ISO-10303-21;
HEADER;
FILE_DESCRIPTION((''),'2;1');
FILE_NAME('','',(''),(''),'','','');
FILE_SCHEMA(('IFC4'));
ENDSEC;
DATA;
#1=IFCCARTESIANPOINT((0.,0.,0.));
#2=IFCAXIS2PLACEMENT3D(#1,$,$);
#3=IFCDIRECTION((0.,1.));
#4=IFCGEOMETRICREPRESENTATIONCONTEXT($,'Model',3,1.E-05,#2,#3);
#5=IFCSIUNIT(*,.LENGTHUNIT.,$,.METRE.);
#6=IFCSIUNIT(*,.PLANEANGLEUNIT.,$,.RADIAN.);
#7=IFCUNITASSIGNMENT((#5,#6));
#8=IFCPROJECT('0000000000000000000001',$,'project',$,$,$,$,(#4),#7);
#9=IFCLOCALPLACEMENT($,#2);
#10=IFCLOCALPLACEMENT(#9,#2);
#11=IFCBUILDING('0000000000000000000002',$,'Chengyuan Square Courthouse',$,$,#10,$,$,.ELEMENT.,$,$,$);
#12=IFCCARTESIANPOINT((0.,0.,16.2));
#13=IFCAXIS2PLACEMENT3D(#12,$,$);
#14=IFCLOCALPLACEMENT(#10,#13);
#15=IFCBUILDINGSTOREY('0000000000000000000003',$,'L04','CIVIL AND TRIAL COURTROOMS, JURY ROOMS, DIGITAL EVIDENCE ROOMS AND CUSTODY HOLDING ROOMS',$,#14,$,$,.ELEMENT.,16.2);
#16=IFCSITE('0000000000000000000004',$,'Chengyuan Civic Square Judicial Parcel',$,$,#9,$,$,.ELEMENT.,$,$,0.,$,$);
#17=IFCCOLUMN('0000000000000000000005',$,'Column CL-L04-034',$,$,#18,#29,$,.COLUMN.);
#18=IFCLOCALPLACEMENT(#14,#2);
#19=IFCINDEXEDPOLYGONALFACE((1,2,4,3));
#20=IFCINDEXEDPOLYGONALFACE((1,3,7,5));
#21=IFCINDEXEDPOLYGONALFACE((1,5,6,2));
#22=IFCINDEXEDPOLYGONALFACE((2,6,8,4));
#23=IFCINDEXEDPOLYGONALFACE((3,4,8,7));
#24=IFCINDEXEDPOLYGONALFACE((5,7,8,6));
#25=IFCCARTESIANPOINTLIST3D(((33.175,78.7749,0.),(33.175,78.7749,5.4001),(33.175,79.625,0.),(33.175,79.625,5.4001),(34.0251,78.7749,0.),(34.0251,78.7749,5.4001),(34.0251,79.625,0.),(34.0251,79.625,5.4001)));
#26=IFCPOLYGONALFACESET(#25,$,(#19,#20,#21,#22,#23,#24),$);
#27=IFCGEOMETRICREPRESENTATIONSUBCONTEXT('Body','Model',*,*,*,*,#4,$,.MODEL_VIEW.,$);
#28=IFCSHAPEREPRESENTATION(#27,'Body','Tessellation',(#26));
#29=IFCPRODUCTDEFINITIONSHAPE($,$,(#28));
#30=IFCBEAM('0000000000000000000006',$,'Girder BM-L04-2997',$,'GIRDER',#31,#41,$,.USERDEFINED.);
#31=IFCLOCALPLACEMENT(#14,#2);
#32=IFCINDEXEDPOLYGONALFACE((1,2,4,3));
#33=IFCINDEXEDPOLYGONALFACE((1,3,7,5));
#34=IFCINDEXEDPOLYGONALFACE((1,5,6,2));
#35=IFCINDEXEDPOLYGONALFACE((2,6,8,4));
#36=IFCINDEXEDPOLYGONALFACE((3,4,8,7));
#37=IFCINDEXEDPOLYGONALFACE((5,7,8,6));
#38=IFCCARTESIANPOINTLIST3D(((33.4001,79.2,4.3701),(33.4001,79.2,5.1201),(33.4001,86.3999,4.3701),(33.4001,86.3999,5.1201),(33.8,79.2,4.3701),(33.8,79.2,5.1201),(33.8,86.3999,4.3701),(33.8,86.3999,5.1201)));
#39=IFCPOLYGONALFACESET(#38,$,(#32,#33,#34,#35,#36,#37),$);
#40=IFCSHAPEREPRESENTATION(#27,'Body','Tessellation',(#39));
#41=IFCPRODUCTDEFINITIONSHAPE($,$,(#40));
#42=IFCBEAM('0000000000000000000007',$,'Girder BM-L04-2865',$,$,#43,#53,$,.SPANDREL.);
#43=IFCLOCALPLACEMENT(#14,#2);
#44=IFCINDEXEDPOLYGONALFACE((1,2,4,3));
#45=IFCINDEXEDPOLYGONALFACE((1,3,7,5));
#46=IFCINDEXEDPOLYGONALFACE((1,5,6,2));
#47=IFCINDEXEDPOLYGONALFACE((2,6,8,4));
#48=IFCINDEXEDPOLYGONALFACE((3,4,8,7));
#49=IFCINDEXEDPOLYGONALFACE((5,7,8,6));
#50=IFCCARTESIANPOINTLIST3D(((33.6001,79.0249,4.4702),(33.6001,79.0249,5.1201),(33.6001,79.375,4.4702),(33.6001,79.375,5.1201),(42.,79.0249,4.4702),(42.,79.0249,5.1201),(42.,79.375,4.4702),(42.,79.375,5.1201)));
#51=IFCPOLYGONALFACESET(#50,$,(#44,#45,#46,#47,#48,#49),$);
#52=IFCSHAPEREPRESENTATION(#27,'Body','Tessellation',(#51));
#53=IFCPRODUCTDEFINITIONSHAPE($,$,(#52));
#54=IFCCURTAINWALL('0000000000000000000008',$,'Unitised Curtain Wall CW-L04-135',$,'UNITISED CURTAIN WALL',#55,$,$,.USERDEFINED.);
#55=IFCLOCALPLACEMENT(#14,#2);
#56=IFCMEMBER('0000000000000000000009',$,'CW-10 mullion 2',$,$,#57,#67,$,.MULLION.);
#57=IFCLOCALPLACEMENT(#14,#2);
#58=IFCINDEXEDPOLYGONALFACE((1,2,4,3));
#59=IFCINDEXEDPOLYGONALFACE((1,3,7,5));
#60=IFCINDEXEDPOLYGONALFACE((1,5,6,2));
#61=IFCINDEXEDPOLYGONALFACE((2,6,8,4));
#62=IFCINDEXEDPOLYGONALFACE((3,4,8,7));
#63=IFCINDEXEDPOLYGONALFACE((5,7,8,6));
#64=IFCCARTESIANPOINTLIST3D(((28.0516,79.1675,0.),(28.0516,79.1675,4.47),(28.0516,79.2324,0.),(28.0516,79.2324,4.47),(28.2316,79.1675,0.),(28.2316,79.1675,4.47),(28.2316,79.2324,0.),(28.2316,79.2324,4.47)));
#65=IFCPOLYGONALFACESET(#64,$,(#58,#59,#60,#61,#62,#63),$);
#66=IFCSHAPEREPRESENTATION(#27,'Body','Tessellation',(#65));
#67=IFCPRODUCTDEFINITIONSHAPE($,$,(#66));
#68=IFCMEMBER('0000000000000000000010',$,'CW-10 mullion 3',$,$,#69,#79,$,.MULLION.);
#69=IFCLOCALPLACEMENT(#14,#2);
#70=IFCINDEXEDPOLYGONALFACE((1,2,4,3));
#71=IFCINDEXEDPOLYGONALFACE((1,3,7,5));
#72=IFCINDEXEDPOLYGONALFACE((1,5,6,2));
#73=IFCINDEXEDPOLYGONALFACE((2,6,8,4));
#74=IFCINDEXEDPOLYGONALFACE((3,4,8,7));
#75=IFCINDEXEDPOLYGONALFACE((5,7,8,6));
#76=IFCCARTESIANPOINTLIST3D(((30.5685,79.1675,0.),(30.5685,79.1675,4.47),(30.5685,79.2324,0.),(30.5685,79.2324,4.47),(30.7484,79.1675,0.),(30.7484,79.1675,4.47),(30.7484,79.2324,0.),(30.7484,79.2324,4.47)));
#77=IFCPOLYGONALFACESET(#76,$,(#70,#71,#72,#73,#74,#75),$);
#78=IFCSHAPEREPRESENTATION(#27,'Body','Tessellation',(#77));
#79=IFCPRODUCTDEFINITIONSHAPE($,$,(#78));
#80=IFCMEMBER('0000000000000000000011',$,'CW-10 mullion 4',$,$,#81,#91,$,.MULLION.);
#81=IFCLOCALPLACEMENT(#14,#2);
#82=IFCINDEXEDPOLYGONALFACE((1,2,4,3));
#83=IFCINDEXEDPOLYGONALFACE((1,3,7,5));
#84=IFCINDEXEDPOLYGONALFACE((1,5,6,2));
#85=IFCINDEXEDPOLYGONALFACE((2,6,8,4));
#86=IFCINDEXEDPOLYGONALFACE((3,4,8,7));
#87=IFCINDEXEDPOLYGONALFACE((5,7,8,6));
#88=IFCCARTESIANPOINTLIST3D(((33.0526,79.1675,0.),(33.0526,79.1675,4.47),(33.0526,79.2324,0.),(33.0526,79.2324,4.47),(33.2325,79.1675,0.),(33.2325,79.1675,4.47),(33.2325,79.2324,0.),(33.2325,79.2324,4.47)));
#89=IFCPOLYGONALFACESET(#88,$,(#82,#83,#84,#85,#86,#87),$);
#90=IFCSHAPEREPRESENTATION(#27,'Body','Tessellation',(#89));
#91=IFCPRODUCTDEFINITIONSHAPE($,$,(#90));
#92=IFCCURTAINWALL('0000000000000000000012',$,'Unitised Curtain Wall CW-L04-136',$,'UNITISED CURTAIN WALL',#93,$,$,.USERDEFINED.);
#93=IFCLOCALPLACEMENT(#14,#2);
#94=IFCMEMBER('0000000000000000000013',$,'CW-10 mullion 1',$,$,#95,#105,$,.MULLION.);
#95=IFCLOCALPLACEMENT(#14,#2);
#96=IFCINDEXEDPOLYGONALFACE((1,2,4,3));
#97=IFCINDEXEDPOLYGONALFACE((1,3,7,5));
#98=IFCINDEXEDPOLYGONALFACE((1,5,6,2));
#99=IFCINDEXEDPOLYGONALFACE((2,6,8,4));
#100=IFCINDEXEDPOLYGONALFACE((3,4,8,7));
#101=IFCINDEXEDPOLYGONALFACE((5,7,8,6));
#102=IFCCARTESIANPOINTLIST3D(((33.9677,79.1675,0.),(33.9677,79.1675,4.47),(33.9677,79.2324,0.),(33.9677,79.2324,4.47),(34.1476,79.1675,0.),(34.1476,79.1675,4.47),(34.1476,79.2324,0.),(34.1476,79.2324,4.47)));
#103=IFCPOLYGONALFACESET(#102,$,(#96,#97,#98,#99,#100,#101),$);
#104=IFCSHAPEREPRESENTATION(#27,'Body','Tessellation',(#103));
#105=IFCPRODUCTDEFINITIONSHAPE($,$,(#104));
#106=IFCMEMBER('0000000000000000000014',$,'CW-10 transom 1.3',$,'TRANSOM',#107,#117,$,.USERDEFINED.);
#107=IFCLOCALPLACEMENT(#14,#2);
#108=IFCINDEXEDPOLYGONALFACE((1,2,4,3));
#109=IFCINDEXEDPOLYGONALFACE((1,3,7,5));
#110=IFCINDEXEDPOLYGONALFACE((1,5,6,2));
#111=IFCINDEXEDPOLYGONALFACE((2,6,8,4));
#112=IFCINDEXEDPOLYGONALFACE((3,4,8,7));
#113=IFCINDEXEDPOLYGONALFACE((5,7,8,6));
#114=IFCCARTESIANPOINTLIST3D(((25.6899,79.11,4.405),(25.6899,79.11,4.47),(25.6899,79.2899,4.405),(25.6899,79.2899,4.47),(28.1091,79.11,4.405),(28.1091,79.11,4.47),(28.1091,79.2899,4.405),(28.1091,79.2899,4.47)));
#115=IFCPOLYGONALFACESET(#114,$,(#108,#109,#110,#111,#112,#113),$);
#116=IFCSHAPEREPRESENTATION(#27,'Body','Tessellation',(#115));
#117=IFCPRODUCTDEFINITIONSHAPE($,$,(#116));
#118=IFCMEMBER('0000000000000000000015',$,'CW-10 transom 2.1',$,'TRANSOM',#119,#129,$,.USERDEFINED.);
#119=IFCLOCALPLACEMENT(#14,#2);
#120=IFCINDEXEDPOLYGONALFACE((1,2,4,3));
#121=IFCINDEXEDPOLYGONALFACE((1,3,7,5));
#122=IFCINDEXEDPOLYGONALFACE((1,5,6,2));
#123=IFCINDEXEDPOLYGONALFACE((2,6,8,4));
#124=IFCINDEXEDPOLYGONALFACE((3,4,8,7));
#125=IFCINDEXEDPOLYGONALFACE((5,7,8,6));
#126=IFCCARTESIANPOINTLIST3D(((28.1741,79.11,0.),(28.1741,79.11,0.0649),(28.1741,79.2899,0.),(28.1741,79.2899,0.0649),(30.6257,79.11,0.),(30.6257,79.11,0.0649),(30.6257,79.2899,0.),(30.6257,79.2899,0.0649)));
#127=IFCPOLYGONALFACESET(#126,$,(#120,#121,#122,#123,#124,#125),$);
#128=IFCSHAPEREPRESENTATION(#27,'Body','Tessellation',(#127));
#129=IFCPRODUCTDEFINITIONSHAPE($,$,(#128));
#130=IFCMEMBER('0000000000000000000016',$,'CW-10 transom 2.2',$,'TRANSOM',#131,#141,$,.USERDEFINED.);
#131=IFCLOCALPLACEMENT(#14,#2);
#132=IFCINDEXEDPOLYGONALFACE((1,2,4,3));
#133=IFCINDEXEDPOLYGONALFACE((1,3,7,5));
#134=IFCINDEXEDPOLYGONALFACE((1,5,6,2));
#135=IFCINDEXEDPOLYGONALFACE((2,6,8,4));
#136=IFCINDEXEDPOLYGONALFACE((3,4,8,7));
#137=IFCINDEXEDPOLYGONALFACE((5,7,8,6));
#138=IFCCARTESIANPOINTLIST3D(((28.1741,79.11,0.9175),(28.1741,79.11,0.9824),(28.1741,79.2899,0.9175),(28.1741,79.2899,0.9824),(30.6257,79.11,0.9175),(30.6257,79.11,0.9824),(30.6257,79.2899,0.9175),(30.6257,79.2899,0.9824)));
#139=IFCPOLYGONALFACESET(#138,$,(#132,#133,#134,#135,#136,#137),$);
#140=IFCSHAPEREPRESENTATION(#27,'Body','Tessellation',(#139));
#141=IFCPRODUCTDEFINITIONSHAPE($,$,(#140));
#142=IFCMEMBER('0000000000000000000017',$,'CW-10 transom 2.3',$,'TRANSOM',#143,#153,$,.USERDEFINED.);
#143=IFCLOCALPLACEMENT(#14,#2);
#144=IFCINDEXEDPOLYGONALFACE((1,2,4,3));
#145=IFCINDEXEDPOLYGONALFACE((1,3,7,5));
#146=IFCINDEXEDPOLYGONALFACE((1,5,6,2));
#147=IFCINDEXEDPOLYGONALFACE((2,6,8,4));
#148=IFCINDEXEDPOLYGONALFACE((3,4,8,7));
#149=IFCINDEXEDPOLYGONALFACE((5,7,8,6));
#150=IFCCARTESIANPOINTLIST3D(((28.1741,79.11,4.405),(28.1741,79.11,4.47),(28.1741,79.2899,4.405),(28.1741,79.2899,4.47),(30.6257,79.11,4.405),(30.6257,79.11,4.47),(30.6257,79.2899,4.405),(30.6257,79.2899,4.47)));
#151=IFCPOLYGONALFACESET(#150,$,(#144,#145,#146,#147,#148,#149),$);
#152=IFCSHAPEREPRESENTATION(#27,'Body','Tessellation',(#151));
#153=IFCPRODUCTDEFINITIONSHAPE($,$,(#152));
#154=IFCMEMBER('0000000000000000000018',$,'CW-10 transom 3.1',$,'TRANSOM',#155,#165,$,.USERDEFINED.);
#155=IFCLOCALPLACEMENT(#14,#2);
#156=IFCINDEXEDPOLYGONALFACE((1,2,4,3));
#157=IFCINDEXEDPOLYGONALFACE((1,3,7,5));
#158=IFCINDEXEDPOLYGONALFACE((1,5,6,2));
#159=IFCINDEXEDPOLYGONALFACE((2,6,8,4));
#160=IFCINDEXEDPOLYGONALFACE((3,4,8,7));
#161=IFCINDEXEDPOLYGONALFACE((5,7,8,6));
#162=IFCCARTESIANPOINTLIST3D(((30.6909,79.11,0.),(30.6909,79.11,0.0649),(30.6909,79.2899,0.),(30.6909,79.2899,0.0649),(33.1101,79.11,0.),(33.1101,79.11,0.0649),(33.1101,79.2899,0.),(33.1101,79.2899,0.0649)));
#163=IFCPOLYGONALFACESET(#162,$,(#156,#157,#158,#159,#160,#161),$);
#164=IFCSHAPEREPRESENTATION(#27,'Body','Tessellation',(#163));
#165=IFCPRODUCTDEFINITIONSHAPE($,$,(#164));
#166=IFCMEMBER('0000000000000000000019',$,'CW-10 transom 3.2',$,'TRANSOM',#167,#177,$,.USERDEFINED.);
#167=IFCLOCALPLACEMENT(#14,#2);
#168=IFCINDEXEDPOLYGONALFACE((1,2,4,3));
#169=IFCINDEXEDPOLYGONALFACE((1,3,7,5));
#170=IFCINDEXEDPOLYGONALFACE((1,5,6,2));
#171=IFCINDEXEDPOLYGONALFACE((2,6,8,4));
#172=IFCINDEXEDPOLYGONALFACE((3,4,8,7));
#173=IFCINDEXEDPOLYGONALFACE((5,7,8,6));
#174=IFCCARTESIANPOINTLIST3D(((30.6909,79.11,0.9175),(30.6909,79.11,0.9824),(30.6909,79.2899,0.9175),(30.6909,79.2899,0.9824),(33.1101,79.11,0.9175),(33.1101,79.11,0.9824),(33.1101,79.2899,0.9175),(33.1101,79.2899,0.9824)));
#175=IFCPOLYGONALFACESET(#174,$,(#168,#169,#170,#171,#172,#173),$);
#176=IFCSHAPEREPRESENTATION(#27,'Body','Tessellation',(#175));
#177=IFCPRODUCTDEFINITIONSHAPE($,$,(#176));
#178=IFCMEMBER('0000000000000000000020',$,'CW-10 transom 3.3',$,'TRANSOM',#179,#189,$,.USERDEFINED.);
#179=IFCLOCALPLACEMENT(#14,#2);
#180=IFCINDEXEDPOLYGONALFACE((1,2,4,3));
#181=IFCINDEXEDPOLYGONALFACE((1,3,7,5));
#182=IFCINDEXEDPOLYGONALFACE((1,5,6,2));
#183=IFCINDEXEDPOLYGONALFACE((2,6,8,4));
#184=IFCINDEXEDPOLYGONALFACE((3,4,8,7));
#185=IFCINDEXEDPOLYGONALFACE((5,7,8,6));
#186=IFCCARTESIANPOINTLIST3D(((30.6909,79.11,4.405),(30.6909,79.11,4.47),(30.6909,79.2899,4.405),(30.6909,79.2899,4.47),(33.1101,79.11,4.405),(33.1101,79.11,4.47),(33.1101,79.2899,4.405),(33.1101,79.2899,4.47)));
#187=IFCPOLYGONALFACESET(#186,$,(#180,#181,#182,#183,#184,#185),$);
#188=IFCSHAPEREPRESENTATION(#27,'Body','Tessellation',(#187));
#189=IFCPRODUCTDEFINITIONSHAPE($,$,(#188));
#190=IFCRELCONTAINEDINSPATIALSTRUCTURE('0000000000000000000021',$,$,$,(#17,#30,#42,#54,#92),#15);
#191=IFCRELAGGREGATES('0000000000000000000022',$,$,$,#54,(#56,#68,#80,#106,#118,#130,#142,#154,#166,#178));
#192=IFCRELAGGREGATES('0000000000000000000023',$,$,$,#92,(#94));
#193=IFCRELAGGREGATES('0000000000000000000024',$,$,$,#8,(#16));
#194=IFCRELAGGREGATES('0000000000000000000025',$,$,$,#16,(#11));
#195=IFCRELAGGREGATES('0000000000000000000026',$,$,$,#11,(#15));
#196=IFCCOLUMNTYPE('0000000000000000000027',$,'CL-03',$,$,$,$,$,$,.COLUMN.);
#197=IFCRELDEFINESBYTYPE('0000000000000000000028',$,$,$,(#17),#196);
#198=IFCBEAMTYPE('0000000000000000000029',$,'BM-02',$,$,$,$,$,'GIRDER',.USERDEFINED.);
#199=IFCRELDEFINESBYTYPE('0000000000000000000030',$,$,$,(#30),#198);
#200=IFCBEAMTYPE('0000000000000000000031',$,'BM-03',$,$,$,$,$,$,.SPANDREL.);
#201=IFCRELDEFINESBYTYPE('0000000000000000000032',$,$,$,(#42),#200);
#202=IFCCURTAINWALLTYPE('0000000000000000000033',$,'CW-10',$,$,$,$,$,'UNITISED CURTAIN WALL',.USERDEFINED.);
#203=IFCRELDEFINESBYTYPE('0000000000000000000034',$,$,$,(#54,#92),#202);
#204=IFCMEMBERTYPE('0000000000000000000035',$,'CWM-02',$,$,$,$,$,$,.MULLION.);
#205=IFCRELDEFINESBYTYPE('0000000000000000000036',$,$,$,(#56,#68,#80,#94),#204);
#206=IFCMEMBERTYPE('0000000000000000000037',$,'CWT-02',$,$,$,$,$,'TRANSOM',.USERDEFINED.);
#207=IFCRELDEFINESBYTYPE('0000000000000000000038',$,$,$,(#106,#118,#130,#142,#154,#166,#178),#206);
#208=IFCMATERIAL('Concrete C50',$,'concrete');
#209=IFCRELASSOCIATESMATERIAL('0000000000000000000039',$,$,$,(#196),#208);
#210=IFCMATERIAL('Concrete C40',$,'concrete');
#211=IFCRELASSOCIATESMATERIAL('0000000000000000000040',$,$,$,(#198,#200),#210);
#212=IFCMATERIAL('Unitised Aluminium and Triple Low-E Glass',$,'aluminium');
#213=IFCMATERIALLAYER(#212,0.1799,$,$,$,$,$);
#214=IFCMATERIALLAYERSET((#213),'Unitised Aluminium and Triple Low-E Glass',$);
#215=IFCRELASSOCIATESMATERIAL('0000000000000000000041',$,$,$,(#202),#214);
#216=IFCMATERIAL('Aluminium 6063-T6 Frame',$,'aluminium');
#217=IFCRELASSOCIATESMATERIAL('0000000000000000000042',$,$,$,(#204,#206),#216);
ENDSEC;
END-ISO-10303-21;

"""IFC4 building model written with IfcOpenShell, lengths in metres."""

from ifc_helpers import new_model, si_unit, direction, frame, origin, origin_2d, place, context, subcontext, project, spatial, rectangle, extrude, material, layer, layer_set, material_profile, profile_set, type_object, element, aggregate, save


model = new_model("IFC4")

# Units and contexts
model_context = context("Model", 3, precision=1e-05, world=origin(), true_north=direction((0.0, 1.0)))
body_context = subcontext(model_context, "Body", "Model", "MODEL_VIEW")
ifc_project = project(units=[si_unit("LENGTHUNIT", "METRE"), si_unit("PLANEANGLEUNIT", "RADIAN")], contexts=[model_context])

# Site, building, storey
site_placement = place(None, origin())
site = spatial("IfcSite", under=ifc_project, at=site_placement, Name="Chengyuan Civic Square Judicial Parcel", CompositionType="ELEMENT", RefElevation=0.0)
building_placement = place(site_placement, origin())
building = spatial("IfcBuilding", under=site, at=building_placement, Name="Chengyuan Square Courthouse", CompositionType="ELEMENT")
storey_placement = place(building_placement, frame((0.0, 0.0, 16.2)))
storey = spatial("IfcBuildingStorey", under=building, at=storey_placement, Name="L04", Description="CIVIL AND TRIAL COURTROOMS, JURY ROOMS, DIGITAL EVIDENCE ROOMS AND CUSTODY HOLDING ROOMS", CompositionType="ELEMENT", Elevation=16.2)

# Column
ifc_material_1 = material(Name="Concrete C50", Category="concrete")
ifc_material_profile_1 = material_profile(ifc_material_1, rectangle(XDim=0.8501, YDim=0.8501, at=origin_2d()), Name="RC-COL-850x850")
ifc_profile_set_1 = profile_set([ifc_material_profile_1], Name="Concrete C50")
column_type = type_object("IfcColumnType", Name="CL-03", PredefinedType="COLUMN", material=ifc_profile_set_1)
column_placement = place(storey_placement, frame((33.6001, 79.2, 0.0), z_axis=(0.0, 0.0, 1.0), x_axis=(1.0, 0.0, 0.0)))
element("IfcColumn", 1, at=column_placement, inside=storey, type_object=column_type, Name="Column CL-L04-034", PredefinedType="COLUMN", context=body_context, shape_type="SweptSolid", body=[
    extrude(rectangle(XDim=0.8501, YDim=0.8501, at=origin_2d()), origin(), (0.0, 0.0, 1.0), 5.4001),
])

# Beams
ifc_material_2 = material(Name="Concrete C40", Category="concrete")
ifc_material_profile_2 = material_profile(ifc_material_2, rectangle(XDim=0.3999, YDim=0.75, at=origin_2d()), Name="RC-BM-400x750")
ifc_profile_set_2 = profile_set([ifc_material_profile_2], Name="Concrete C40")
beam_type_1 = type_object("IfcBeamType", Name="BM-02", ElementType="GIRDER", PredefinedType="USERDEFINED", material=ifc_profile_set_2)
beam_1_placement = place(storey_placement, frame((33.6001, 79.2, 4.7451), z_axis=(0.0, 1.0, 0.0), x_axis=(-1.0, 0.0, 0.0)))
element("IfcBeam", 2, at=beam_1_placement, inside=storey, type_object=beam_type_1, Name="Girder BM-L04-2997", ObjectType="GIRDER", PredefinedType="USERDEFINED", context=body_context, shape_type="SweptSolid", body=[
    extrude(rectangle(XDim=0.3999, YDim=0.75, at=origin_2d()), origin(), (0.0, 0.0, 1.0), 7.2),
])
ifc_material_profile_3 = material_profile(ifc_material_2, rectangle(XDim=0.3501, YDim=0.6499, at=origin_2d()), Name="RC-BM-350x650")
ifc_profile_set_3 = profile_set([ifc_material_profile_3], Name="Concrete C40")
beam_type_2 = type_object("IfcBeamType", Name="BM-03", PredefinedType="SPANDREL", material=ifc_profile_set_3)
beam_2_placement = place(storey_placement, frame((33.6001, 79.2, 4.7952), z_axis=(1.0, 0.0, 0.0), x_axis=(0.0, 1.0, 0.0)))
element("IfcBeam", 3, at=beam_2_placement, inside=storey, type_object=beam_type_2, Name="Girder BM-L04-2865", PredefinedType="SPANDREL", context=body_context, shape_type="SweptSolid", body=[
    extrude(rectangle(XDim=0.3501, YDim=0.6499, at=origin_2d()), origin(), (0.0, 0.0, 1.0), 8.3999),
])

# Curtain wall, members
ifc_material_3 = material(Name="Unitised Aluminium and Triple Low-E Glass", Category="aluminium")
ifc_layer_1 = layer(ifc_material_3, 0.1799)
ifc_layer_set_1 = layer_set([ifc_layer_1], Name="Unitised Aluminium and Triple Low-E Glass")
curtain_wall_type = type_object("IfcCurtainWallType", Name="CW-10", ElementType="UNITISED CURTAIN WALL", PredefinedType="USERDEFINED", material=ifc_layer_set_1)
curtain_wall_1_placement = place(storey_placement, origin())
curtain_wall_1 = element("IfcCurtainWall", 4, at=curtain_wall_1_placement, inside=storey, type_object=curtain_wall_type, Name="Unitised Curtain Wall CW-L04-135", ObjectType="UNITISED CURTAIN WALL", PredefinedType="USERDEFINED")
ifc_material_4 = material(Name="Aluminium 6063-T6 Frame", Category="aluminium")
ifc_material_profile_4 = material_profile(ifc_material_4, rectangle(XDim=0.0649, YDim=0.1799, at=origin_2d()), Name="CW-MUL-65x180")
ifc_profile_set_4 = profile_set([ifc_material_profile_4], Name="Aluminium 6063-T6 Frame")
member_type_1 = type_object("IfcMemberType", Name="CWM-02", PredefinedType="MULLION", material=ifc_profile_set_4)
member_1_placement = place(storey_placement, frame((28.1416, 79.2, 0.0), z_axis=(0.0, 0.0, 1.0), x_axis=(0.0, 1.0, 0.0)))
member_1 = element("IfcMember", 5, at=member_1_placement, type_object=member_type_1, Name="CW-10 mullion 2", PredefinedType="MULLION", context=body_context, shape_type="SweptSolid", body=[
    extrude(rectangle(XDim=0.0649, YDim=0.1799, at=origin_2d()), origin(), (0.0, 0.0, 1.0), 4.47),
])
member_2_placement = place(storey_placement, frame((30.6584, 79.2, 0.0), z_axis=(0.0, 0.0, 1.0), x_axis=(0.0, 1.0, 0.0)))
member_2 = element("IfcMember", 6, at=member_2_placement, type_object=member_type_1, Name="CW-10 mullion 3", PredefinedType="MULLION", context=body_context, shape_type="SweptSolid", body=[
    extrude(rectangle(XDim=0.0649, YDim=0.1799, at=origin_2d()), origin(), (0.0, 0.0, 1.0), 4.47),
])
member_3_placement = place(storey_placement, frame((33.1426, 79.2, 0.0), z_axis=(0.0, 0.0, 1.0), x_axis=(0.0, 1.0, 0.0)))
member_3 = element("IfcMember", 7, at=member_3_placement, type_object=member_type_1, Name="CW-10 mullion 4", PredefinedType="MULLION", context=body_context, shape_type="SweptSolid", body=[
    extrude(rectangle(XDim=0.0649, YDim=0.1799, at=origin_2d()), origin(), (0.0, 0.0, 1.0), 4.47),
])

# Curtain wall, member
curtain_wall_2_placement = place(storey_placement, origin())
curtain_wall_2 = element("IfcCurtainWall", 8, at=curtain_wall_2_placement, inside=storey, type_object=curtain_wall_type, Name="Unitised Curtain Wall CW-L04-136", ObjectType="UNITISED CURTAIN WALL", PredefinedType="USERDEFINED")
member_4_placement = place(storey_placement, frame((34.0576, 79.2, 0.0), z_axis=(0.0, 0.0, 1.0), x_axis=(0.0, 1.0, 0.0)))
member_4 = element("IfcMember", 9, at=member_4_placement, type_object=member_type_1, Name="CW-10 mullion 1", PredefinedType="MULLION", context=body_context, shape_type="SweptSolid", body=[
    extrude(rectangle(XDim=0.0649, YDim=0.1799, at=origin_2d()), origin(), (0.0, 0.0, 1.0), 4.47),
])

# Members
ifc_material_profile_5 = material_profile(ifc_material_4, rectangle(XDim=0.1799, YDim=0.0649, at=origin_2d()), Name="CW-TRN-65x140")
ifc_profile_set_5 = profile_set([ifc_material_profile_5], Name="Aluminium 6063-T6 Frame")
member_type_2 = type_object("IfcMemberType", Name="CWT-02", ElementType="TRANSOM", PredefinedType="USERDEFINED", material=ifc_profile_set_5)
member_5_placement = place(storey_placement, frame((25.6899, 79.2, 4.4375), z_axis=(1.0, 0.0, 0.0), x_axis=(0.0, 1.0, 0.0)))
member_5 = element("IfcMember", 10, at=member_5_placement, type_object=member_type_2, Name="CW-10 transom 1.3", ObjectType="TRANSOM", PredefinedType="USERDEFINED", context=body_context, shape_type="SweptSolid", body=[
    extrude(rectangle(XDim=0.1799, YDim=0.0649, at=origin_2d()), origin(), (0.0, 0.0, 1.0), 2.4192),
])
member_6_placement = place(storey_placement, frame((28.1741, 79.2, 0.0325), z_axis=(1.0, 0.0, 0.0), x_axis=(0.0, 1.0, 0.0)))
member_6 = element("IfcMember", 11, at=member_6_placement, type_object=member_type_2, Name="CW-10 transom 2.1", ObjectType="TRANSOM", PredefinedType="USERDEFINED", context=body_context, shape_type="SweptSolid", body=[
    extrude(rectangle(XDim=0.1799, YDim=0.0649, at=origin_2d()), origin(), (0.0, 0.0, 1.0), 2.4517),
])
member_7_placement = place(storey_placement, frame((28.1741, 79.2, 0.95), z_axis=(1.0, 0.0, 0.0), x_axis=(0.0, 1.0, 0.0)))
member_7 = element("IfcMember", 12, at=member_7_placement, type_object=member_type_2, Name="CW-10 transom 2.2", ObjectType="TRANSOM", PredefinedType="USERDEFINED", context=body_context, shape_type="SweptSolid", body=[
    extrude(rectangle(XDim=0.1799, YDim=0.0649, at=origin_2d()), origin(), (0.0, 0.0, 1.0), 2.4517),
])
member_8_placement = place(storey_placement, frame((28.1741, 79.2, 4.4375), z_axis=(1.0, 0.0, 0.0), x_axis=(0.0, 1.0, 0.0)))
member_8 = element("IfcMember", 13, at=member_8_placement, type_object=member_type_2, Name="CW-10 transom 2.3", ObjectType="TRANSOM", PredefinedType="USERDEFINED", context=body_context, shape_type="SweptSolid", body=[
    extrude(rectangle(XDim=0.1799, YDim=0.0649, at=origin_2d()), origin(), (0.0, 0.0, 1.0), 2.4517),
])
member_9_placement = place(storey_placement, frame((30.6909, 79.2, 0.0325), z_axis=(1.0, 0.0, 0.0), x_axis=(0.0, 1.0, 0.0)))
member_9 = element("IfcMember", 14, at=member_9_placement, type_object=member_type_2, Name="CW-10 transom 3.1", ObjectType="TRANSOM", PredefinedType="USERDEFINED", context=body_context, shape_type="SweptSolid", body=[
    extrude(rectangle(XDim=0.1799, YDim=0.0649, at=origin_2d()), origin(), (0.0, 0.0, 1.0), 2.4192),
])
member_10_placement = place(storey_placement, frame((30.6909, 79.2, 0.95), z_axis=(1.0, 0.0, 0.0), x_axis=(0.0, 1.0, 0.0)))
member_10 = element("IfcMember", 15, at=member_10_placement, type_object=member_type_2, Name="CW-10 transom 3.2", ObjectType="TRANSOM", PredefinedType="USERDEFINED", context=body_context, shape_type="SweptSolid", body=[
    extrude(rectangle(XDim=0.1799, YDim=0.0649, at=origin_2d()), origin(), (0.0, 0.0, 1.0), 2.4192),
])
member_11_placement = place(storey_placement, frame((30.6909, 79.2, 4.4375), z_axis=(1.0, 0.0, 0.0), x_axis=(0.0, 1.0, 0.0)))
member_11 = element("IfcMember", 16, at=member_11_placement, type_object=member_type_2, Name="CW-10 transom 3.3", ObjectType="TRANSOM", PredefinedType="USERDEFINED", context=body_context, shape_type="SweptSolid", body=[
    extrude(rectangle(XDim=0.1799, YDim=0.0649, at=origin_2d()), origin(), (0.0, 0.0, 1.0), 2.4192),
])

aggregate(curtain_wall_1, [member_1, member_2, member_3, member_5, member_6, member_7, member_8, member_9, member_10, member_11])
aggregate(curtain_wall_2, [member_4])

save(model, "model.ifc")
